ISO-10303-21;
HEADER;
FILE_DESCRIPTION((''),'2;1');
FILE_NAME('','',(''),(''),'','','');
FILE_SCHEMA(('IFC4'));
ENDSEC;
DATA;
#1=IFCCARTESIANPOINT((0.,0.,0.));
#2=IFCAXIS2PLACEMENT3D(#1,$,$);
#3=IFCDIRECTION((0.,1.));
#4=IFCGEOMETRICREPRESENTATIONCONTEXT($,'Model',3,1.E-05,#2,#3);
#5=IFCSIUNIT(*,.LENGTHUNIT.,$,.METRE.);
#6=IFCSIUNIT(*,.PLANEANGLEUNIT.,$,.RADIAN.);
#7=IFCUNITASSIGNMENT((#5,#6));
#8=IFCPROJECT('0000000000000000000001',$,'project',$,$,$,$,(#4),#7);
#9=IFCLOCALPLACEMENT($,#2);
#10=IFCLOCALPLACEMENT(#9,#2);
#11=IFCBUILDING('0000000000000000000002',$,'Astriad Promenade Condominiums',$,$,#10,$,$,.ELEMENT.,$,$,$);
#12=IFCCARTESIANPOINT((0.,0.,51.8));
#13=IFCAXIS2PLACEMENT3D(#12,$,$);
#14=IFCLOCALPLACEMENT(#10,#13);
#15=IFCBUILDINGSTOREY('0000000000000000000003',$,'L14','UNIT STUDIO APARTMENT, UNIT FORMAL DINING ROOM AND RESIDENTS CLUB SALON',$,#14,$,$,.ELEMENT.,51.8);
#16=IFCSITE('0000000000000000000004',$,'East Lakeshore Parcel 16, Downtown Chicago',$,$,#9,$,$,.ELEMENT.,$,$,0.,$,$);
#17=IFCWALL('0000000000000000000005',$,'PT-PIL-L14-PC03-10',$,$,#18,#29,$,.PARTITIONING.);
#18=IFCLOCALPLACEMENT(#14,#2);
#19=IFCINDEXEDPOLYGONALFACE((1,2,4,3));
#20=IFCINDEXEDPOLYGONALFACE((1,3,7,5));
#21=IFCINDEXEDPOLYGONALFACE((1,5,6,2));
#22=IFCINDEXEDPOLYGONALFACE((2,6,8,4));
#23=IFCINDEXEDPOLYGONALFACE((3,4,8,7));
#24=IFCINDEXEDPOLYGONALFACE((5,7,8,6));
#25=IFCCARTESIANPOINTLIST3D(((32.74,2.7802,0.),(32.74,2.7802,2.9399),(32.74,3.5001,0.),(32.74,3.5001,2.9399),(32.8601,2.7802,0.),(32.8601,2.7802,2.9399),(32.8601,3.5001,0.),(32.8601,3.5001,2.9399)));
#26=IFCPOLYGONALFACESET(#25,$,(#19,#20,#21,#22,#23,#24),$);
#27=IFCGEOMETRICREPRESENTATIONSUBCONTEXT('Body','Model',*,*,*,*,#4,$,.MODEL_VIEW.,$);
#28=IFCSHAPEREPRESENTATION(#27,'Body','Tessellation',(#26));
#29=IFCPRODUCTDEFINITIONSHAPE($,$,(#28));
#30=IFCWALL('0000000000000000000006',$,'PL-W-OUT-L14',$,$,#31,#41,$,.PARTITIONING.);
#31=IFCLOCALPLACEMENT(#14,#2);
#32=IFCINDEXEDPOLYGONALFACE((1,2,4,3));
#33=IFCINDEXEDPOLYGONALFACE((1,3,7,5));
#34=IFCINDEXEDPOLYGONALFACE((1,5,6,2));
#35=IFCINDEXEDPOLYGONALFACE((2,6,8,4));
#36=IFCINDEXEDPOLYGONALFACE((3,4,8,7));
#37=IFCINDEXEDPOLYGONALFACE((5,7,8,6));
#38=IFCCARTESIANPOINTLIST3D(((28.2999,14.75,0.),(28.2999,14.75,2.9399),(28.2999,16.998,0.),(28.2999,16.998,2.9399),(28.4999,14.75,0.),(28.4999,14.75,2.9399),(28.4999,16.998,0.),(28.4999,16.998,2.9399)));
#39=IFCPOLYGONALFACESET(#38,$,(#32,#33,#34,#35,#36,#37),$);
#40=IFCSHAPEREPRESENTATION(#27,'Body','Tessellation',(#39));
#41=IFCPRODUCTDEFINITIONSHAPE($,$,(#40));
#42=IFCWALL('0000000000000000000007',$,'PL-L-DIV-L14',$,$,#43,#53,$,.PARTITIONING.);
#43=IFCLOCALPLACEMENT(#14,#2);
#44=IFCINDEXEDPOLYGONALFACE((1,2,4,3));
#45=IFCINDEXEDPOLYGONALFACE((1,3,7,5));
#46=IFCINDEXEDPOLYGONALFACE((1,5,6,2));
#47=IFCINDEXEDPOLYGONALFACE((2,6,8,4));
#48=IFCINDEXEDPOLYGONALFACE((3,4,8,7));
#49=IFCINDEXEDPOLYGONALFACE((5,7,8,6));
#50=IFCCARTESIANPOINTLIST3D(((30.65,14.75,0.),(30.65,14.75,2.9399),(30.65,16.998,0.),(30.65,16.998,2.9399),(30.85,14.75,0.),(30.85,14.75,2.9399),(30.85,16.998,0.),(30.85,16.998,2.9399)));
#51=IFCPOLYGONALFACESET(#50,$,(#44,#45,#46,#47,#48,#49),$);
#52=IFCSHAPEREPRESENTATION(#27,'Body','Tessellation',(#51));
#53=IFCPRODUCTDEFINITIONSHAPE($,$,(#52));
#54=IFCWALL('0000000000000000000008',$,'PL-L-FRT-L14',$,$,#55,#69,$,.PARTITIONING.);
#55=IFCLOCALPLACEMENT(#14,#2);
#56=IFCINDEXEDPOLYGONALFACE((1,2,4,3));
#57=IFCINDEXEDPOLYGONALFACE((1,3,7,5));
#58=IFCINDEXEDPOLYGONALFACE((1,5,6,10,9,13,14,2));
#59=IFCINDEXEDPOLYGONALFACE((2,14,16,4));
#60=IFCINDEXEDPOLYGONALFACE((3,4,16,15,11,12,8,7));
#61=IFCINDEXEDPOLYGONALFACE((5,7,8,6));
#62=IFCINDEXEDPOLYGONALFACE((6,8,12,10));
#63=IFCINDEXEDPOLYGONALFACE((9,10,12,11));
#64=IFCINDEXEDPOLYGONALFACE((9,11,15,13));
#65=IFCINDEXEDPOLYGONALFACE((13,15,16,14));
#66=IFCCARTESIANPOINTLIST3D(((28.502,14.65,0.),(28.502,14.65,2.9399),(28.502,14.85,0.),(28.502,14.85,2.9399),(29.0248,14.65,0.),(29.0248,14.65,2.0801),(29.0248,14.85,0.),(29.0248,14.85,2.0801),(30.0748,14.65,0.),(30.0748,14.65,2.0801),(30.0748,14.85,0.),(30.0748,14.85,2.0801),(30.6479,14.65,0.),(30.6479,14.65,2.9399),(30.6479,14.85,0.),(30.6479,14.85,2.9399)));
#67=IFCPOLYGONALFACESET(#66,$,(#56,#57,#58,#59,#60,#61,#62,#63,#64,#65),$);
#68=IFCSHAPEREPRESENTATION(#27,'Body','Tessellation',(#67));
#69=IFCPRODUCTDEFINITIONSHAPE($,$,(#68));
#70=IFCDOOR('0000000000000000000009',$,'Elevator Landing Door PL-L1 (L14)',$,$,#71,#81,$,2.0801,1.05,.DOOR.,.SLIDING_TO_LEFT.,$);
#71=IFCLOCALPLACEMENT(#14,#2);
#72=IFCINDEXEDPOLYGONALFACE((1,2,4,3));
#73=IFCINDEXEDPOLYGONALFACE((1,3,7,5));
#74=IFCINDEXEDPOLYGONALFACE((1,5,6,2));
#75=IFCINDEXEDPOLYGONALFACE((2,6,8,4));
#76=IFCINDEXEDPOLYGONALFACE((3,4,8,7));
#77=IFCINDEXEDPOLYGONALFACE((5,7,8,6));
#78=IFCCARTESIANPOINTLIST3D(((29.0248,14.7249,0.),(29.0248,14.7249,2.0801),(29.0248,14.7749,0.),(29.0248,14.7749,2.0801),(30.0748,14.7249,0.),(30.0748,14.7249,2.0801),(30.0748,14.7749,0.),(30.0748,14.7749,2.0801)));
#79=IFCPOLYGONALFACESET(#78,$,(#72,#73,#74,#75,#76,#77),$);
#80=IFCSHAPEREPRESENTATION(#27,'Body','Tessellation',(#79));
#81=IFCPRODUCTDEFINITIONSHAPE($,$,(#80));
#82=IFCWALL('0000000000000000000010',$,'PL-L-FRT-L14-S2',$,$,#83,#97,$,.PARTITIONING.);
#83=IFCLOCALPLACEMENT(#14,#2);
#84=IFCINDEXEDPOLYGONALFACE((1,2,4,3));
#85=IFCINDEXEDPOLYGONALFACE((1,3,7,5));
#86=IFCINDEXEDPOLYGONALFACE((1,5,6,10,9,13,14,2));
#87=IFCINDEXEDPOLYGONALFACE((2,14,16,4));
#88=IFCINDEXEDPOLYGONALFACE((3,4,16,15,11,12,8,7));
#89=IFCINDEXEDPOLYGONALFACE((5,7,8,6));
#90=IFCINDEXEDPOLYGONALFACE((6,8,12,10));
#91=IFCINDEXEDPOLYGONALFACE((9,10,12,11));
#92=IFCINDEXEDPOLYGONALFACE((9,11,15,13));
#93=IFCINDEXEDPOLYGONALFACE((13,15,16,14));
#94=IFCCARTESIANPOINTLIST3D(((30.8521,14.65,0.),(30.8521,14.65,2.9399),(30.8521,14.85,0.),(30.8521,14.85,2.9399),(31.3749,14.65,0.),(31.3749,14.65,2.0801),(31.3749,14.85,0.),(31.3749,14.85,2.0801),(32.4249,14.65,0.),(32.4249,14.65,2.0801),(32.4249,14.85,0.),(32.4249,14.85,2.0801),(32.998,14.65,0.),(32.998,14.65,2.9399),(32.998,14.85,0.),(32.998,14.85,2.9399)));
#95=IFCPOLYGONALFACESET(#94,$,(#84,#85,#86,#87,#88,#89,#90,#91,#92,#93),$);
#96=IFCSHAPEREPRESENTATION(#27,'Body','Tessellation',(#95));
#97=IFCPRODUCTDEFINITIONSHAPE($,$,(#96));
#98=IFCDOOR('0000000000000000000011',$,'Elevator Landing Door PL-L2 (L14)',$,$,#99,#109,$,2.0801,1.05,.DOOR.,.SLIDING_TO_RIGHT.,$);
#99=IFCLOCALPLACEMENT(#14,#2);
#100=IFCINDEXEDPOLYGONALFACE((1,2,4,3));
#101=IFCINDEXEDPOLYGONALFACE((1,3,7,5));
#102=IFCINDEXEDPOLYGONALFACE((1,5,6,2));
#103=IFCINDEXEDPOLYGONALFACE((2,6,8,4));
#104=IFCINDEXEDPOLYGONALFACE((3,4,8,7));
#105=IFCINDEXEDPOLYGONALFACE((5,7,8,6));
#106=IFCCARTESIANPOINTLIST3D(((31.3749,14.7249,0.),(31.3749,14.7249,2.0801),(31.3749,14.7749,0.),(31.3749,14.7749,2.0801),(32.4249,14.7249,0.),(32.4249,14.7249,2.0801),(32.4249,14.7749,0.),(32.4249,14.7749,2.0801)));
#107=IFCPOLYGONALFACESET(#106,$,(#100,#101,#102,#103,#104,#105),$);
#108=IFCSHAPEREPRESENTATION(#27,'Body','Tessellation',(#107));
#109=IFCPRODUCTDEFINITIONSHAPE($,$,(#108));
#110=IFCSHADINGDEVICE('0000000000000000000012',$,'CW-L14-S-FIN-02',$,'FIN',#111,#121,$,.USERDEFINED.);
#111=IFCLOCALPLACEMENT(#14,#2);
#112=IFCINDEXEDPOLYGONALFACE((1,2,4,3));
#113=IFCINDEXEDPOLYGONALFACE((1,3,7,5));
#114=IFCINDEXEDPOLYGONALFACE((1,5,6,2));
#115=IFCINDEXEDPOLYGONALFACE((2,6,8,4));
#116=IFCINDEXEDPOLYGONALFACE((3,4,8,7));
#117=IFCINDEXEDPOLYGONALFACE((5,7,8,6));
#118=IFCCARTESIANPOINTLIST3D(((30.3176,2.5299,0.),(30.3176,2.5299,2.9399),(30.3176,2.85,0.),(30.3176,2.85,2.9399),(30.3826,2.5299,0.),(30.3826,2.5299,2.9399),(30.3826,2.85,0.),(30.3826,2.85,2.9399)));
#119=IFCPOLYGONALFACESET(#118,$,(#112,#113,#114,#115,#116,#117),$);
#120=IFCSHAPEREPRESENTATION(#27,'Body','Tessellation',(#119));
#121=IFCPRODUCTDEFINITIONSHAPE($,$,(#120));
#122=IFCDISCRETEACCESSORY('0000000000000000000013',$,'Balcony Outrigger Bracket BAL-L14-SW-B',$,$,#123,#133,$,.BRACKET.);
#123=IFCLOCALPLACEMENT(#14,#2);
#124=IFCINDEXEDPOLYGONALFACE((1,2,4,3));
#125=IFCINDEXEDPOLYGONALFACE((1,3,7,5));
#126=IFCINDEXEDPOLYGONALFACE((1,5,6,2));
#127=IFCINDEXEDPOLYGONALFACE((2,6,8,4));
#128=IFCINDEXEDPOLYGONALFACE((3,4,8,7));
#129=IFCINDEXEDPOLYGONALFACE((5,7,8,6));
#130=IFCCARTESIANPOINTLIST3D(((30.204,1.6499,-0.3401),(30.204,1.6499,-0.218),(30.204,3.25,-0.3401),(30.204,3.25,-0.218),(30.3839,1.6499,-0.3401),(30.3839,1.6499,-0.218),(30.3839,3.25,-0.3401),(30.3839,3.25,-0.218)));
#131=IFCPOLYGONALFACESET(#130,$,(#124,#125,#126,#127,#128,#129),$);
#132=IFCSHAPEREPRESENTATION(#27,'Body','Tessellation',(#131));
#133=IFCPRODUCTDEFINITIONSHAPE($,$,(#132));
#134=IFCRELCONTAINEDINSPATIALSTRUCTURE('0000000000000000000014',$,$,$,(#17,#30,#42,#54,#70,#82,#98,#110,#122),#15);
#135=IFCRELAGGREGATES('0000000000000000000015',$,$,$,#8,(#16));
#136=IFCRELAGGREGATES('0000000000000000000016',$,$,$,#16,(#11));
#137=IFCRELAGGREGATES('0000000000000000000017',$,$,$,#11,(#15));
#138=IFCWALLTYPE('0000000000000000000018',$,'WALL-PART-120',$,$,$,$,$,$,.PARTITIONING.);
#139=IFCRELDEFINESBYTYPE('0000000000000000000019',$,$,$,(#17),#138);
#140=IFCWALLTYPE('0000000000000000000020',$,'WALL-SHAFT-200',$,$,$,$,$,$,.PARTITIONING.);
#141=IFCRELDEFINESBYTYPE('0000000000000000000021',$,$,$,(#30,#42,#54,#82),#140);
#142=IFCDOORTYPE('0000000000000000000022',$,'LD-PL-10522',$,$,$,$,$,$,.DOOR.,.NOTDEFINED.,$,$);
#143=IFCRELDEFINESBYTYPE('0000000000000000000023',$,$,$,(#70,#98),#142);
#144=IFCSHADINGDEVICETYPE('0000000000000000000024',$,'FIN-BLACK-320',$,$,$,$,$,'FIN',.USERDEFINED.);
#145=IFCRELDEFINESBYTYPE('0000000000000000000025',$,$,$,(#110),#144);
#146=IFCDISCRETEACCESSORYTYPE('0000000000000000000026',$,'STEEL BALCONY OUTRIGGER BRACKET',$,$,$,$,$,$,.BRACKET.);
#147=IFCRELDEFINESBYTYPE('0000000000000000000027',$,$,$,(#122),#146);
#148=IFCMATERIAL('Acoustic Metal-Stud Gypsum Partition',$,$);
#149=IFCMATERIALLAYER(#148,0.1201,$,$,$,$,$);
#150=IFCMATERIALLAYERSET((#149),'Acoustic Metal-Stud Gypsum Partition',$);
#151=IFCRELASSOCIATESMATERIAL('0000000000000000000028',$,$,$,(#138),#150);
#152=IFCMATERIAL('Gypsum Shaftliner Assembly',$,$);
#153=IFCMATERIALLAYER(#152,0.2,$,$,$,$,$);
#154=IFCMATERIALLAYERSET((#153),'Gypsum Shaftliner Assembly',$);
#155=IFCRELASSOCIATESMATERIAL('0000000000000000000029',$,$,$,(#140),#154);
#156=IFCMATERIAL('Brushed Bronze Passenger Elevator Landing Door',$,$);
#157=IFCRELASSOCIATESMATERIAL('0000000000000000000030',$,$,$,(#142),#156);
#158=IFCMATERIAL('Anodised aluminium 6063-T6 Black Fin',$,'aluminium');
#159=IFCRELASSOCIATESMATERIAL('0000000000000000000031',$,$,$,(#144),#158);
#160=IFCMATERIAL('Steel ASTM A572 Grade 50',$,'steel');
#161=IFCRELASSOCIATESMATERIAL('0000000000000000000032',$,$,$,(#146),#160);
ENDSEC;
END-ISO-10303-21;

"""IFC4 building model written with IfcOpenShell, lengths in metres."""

from ifc_helpers import new_model, si_unit, direction, frame, frame_2d, origin, origin_2d, place, context, subcontext, project, spatial, rectangle, extrude, source, transform, mapped, material, layer, layer_set, type_object, type_shapes, element, fill, save


model = new_model("IFC4")

# Units and contexts
model_context = context("Model", 3, precision=1e-05, world=origin(), true_north=direction((0.0, 1.0)))
body_context = subcontext(model_context, "Body", "Model", "MODEL_VIEW")
ifc_project = project(units=[si_unit("LENGTHUNIT", "METRE"), si_unit("PLANEANGLEUNIT", "RADIAN")], contexts=[model_context])

# Site, building, storey
site_placement = place(None, origin())
site = spatial("IfcSite", under=ifc_project, at=site_placement, Name="East Lakeshore Parcel 16, Downtown Chicago", CompositionType="ELEMENT", RefElevation=0.0)
building_placement = place(site_placement, origin())
building = spatial("IfcBuilding", under=site, at=building_placement, Name="Astriad Promenade Condominiums", CompositionType="ELEMENT")
storey_placement = place(building_placement, frame((0.0, 0.0, 51.8)))
storey = spatial("IfcBuildingStorey", under=building, at=storey_placement, Name="L14", Description="UNIT STUDIO APARTMENT, UNIT FORMAL DINING ROOM AND RESIDENTS CLUB SALON", CompositionType="ELEMENT", Elevation=51.8)

# Walls
ifc_material_1 = material(Name="Acoustic Metal-Stud Gypsum Partition")
ifc_layer_1 = layer(ifc_material_1, 0.1201)
ifc_layer_set_1 = layer_set([ifc_layer_1], Name="Acoustic Metal-Stud Gypsum Partition")
wall_type_1 = type_object("IfcWallType", Name="WALL-PART-120", PredefinedType="PARTITIONING", material=ifc_layer_set_1)
wall_1_placement = place(storey_placement, frame((32.8, 3.5, 0.0), z_axis=(0.0, 0.0, 1.0), x_axis=(0.0, -1.0, 0.0)))
element("IfcWall", 1, at=wall_1_placement, inside=storey, type_object=wall_type_1, Name="PT-PIL-L14-PC03-10", PredefinedType="PARTITIONING", context=body_context, shape_type="SweptSolid", body=[
    extrude(rectangle(XDim=0.72, YDim=0.1201, at=frame_2d((0.3599, 0.0))), origin(), (0.0, 0.0, 1.0), 2.9399),
])
ifc_material_2 = material(Name="Gypsum Shaftliner Assembly")
ifc_layer_2 = layer(ifc_material_2, 0.2)
ifc_layer_set_2 = layer_set([ifc_layer_2], Name="Gypsum Shaftliner Assembly")
wall_type_2 = type_object("IfcWallType", Name="WALL-SHAFT-200", PredefinedType="PARTITIONING", material=ifc_layer_set_2)
for number, where, z_axis, x_axis, name in (
    (2, (28.3999, 14.75, 0.0), (0.0, 0.0, 1.0), (0.0, 1.0, 0.0), "PL-W-OUT-L14"),
    (3, (30.75, 14.75, 0.0), (0.0, 0.0, 1.0), (0.0, 1.0, 0.0), "PL-L-DIV-L14"),
):
    element("IfcWall", number, at=place(storey_placement, frame(where, z_axis=z_axis, x_axis=x_axis)), inside=storey, type_object=wall_type_2, Name=name, PredefinedType="PARTITIONING", context=body_context, shape_type="SweptSolid", body=[
        extrude(rectangle(XDim=2.248, YDim=0.2, at=frame_2d((1.124, 0.0))), origin(), (0.0, 0.0, 1.0), 2.9399),
    ])

# Walls, openings, doors
wall_2_placement = place(storey_placement, frame((28.502, 14.75, 0.0), z_axis=(0.0, 0.0, 1.0), x_axis=(1.0, 0.0, 0.0)))
wall_2 = element("IfcWall", 4, at=wall_2_placement, inside=storey, type_object=wall_type_2, Name="PL-L-FRT-L14", PredefinedType="PARTITIONING", context=body_context, shape_type="SweptSolid", body=[
    extrude(rectangle(XDim=2.146, YDim=0.2, at=frame_2d((1.073, 0.0))), origin(), (0.0, 0.0, 1.0), 2.9399),
])
opening_1_placement = place(wall_2_placement, frame((0.5229, 0.0, 0.0)))
opening_1 = element("IfcOpeningElement", 5, at=opening_1_placement, cuts=wall_2, PredefinedType="OPENING", context=body_context, shape_type="SweptSolid", body=[
    extrude(rectangle(XDim=1.05, YDim=2.0801, at=frame_2d((0.5249, 1.04))), frame((0.0, 0.1099, 0.0), z_axis=(0.0, -1.0, 0.0), x_axis=(1.0, 0.0, 0.0)), (0.0, 0.0, 1.0), 0.22),
])
ifc_material_3 = material(Name="Brushed Bronze Passenger Elevator Landing Door")
door_type = type_object("IfcDoorType", Name="LD-PL-10522", OperationType="NOTDEFINED", PredefinedType="DOOR", material=ifc_material_3)
shared_shape_1 = source(origin(), body_context, "Body", "SweptSolid", [
    extrude(rectangle(XDim=1.05, YDim=2.0801, at=frame_2d((0.5249, 1.04))), frame((0.0, 0.0249, 0.0), z_axis=(0.0, -1.0, 0.0), x_axis=(1.0, 0.0, 0.0)), (0.0, 0.0, 1.0), 0.05),
])
type_shapes(door_type, [shared_shape_1])
door_1_placement = place(opening_1_placement, origin())
door_1 = element("IfcDoor", 6, at=door_1_placement, inside=storey, type_object=door_type, Name="Elevator Landing Door PL-L1 (L14)", OperationType="SLIDING_TO_LEFT", OverallHeight=2.0801, OverallWidth=1.05, PredefinedType="DOOR", context=body_context, shape_type="MappedRepresentation", body=[
    mapped(shared_shape_1, transform((0.0, 0.0, 0.0), scale=1.0)),
])
fill(opening_1, door_1)
wall_3_placement = place(storey_placement, frame((30.8521, 14.75, 0.0), z_axis=(0.0, 0.0, 1.0), x_axis=(1.0, 0.0, 0.0)))
wall_3 = element("IfcWall", 7, at=wall_3_placement, inside=storey, type_object=wall_type_2, Name="PL-L-FRT-L14-S2", PredefinedType="PARTITIONING", context=body_context, shape_type="SweptSolid", body=[
    extrude(rectangle(XDim=2.146, YDim=0.2, at=frame_2d((1.073, 0.0))), origin(), (0.0, 0.0, 1.0), 2.9399),
])
opening_2_placement = place(wall_3_placement, frame((0.5229, 0.0, 0.0)))
opening_2 = element("IfcOpeningElement", 8, at=opening_2_placement, cuts=wall_3, PredefinedType="OPENING", context=body_context, shape_type="SweptSolid", body=[
    extrude(rectangle(XDim=1.05, YDim=2.0801, at=frame_2d((0.5249, 1.04))), frame((0.0, 0.1099, 0.0), z_axis=(0.0, -1.0, 0.0), x_axis=(1.0, 0.0, 0.0)), (0.0, 0.0, 1.0), 0.22),
])
door_2_placement = place(opening_2_placement, origin())
door_2 = element("IfcDoor", 9, at=door_2_placement, inside=storey, type_object=door_type, Name="Elevator Landing Door PL-L2 (L14)", OperationType="SLIDING_TO_RIGHT", OverallHeight=2.0801, OverallWidth=1.05, PredefinedType="DOOR", context=body_context, shape_type="MappedRepresentation", body=[
    mapped(shared_shape_1, transform((0.0, 0.0, 0.0), scale=1.0)),
])
fill(opening_2, door_2)

# Shading device
ifc_material_4 = material(Name="Anodised aluminium 6063-T6 Black Fin", Category="aluminium")
shading_device_type = type_object("IfcShadingDeviceType", Name="FIN-BLACK-320", ElementType="FIN", PredefinedType="USERDEFINED", material=ifc_material_4)
shared_shape_2 = source(origin(), body_context, "Body", "SweptSolid", [
    extrude(rectangle(XDim=0.0649, YDim=0.3201, at=origin_2d()), origin(), (0.0, 0.0, 1.0), 2.9399),
])
type_shapes(shading_device_type, [shared_shape_2])
shading_device_placement = place(storey_placement, frame((30.3501, 2.6899, 0.0), z_axis=(0.0, 0.0, 1.0), x_axis=(-1.0, 0.0, 0.0)))
element("IfcShadingDevice", 10, at=shading_device_placement, inside=storey, type_object=shading_device_type, Name="CW-L14-S-FIN-02", ObjectType="FIN", PredefinedType="USERDEFINED", context=body_context, shape_type="MappedRepresentation", body=[
    mapped(shared_shape_2, transform((0.0, 0.0, 0.0), scale=1.0)),
])

# Discrete accessory
ifc_material_5 = material(Name="Steel ASTM A572 Grade 50", Category="steel")
discrete_accessory_type = type_object("IfcDiscreteAccessoryType", Name="STEEL BALCONY OUTRIGGER BRACKET", PredefinedType="BRACKET", material=ifc_material_5)
shared_shape_3 = source(origin(), body_context, "Body", "SweptSolid", [
    extrude(rectangle(XDim=1.6001, YDim=0.1799, at=origin_2d()), origin(), (0.0, 0.0, 1.0), 0.1221),
])
type_shapes(discrete_accessory_type, [shared_shape_3])
discrete_accessory_placement = place(storey_placement, frame((30.2939, 2.45, -0.3401), z_axis=(0.0, 0.0, 1.0), x_axis=(0.0, -1.0, 0.0)))
element("IfcDiscreteAccessory", 11, at=discrete_accessory_placement, inside=storey, type_object=discrete_accessory_type, Name="Balcony Outrigger Bracket BAL-L14-SW-B", PredefinedType="BRACKET", context=body_context, shape_type="MappedRepresentation", body=[
    mapped(shared_shape_3, transform((0.0, 0.0, 0.0), scale=1.0)),
])

save(model, "model.ifc")
